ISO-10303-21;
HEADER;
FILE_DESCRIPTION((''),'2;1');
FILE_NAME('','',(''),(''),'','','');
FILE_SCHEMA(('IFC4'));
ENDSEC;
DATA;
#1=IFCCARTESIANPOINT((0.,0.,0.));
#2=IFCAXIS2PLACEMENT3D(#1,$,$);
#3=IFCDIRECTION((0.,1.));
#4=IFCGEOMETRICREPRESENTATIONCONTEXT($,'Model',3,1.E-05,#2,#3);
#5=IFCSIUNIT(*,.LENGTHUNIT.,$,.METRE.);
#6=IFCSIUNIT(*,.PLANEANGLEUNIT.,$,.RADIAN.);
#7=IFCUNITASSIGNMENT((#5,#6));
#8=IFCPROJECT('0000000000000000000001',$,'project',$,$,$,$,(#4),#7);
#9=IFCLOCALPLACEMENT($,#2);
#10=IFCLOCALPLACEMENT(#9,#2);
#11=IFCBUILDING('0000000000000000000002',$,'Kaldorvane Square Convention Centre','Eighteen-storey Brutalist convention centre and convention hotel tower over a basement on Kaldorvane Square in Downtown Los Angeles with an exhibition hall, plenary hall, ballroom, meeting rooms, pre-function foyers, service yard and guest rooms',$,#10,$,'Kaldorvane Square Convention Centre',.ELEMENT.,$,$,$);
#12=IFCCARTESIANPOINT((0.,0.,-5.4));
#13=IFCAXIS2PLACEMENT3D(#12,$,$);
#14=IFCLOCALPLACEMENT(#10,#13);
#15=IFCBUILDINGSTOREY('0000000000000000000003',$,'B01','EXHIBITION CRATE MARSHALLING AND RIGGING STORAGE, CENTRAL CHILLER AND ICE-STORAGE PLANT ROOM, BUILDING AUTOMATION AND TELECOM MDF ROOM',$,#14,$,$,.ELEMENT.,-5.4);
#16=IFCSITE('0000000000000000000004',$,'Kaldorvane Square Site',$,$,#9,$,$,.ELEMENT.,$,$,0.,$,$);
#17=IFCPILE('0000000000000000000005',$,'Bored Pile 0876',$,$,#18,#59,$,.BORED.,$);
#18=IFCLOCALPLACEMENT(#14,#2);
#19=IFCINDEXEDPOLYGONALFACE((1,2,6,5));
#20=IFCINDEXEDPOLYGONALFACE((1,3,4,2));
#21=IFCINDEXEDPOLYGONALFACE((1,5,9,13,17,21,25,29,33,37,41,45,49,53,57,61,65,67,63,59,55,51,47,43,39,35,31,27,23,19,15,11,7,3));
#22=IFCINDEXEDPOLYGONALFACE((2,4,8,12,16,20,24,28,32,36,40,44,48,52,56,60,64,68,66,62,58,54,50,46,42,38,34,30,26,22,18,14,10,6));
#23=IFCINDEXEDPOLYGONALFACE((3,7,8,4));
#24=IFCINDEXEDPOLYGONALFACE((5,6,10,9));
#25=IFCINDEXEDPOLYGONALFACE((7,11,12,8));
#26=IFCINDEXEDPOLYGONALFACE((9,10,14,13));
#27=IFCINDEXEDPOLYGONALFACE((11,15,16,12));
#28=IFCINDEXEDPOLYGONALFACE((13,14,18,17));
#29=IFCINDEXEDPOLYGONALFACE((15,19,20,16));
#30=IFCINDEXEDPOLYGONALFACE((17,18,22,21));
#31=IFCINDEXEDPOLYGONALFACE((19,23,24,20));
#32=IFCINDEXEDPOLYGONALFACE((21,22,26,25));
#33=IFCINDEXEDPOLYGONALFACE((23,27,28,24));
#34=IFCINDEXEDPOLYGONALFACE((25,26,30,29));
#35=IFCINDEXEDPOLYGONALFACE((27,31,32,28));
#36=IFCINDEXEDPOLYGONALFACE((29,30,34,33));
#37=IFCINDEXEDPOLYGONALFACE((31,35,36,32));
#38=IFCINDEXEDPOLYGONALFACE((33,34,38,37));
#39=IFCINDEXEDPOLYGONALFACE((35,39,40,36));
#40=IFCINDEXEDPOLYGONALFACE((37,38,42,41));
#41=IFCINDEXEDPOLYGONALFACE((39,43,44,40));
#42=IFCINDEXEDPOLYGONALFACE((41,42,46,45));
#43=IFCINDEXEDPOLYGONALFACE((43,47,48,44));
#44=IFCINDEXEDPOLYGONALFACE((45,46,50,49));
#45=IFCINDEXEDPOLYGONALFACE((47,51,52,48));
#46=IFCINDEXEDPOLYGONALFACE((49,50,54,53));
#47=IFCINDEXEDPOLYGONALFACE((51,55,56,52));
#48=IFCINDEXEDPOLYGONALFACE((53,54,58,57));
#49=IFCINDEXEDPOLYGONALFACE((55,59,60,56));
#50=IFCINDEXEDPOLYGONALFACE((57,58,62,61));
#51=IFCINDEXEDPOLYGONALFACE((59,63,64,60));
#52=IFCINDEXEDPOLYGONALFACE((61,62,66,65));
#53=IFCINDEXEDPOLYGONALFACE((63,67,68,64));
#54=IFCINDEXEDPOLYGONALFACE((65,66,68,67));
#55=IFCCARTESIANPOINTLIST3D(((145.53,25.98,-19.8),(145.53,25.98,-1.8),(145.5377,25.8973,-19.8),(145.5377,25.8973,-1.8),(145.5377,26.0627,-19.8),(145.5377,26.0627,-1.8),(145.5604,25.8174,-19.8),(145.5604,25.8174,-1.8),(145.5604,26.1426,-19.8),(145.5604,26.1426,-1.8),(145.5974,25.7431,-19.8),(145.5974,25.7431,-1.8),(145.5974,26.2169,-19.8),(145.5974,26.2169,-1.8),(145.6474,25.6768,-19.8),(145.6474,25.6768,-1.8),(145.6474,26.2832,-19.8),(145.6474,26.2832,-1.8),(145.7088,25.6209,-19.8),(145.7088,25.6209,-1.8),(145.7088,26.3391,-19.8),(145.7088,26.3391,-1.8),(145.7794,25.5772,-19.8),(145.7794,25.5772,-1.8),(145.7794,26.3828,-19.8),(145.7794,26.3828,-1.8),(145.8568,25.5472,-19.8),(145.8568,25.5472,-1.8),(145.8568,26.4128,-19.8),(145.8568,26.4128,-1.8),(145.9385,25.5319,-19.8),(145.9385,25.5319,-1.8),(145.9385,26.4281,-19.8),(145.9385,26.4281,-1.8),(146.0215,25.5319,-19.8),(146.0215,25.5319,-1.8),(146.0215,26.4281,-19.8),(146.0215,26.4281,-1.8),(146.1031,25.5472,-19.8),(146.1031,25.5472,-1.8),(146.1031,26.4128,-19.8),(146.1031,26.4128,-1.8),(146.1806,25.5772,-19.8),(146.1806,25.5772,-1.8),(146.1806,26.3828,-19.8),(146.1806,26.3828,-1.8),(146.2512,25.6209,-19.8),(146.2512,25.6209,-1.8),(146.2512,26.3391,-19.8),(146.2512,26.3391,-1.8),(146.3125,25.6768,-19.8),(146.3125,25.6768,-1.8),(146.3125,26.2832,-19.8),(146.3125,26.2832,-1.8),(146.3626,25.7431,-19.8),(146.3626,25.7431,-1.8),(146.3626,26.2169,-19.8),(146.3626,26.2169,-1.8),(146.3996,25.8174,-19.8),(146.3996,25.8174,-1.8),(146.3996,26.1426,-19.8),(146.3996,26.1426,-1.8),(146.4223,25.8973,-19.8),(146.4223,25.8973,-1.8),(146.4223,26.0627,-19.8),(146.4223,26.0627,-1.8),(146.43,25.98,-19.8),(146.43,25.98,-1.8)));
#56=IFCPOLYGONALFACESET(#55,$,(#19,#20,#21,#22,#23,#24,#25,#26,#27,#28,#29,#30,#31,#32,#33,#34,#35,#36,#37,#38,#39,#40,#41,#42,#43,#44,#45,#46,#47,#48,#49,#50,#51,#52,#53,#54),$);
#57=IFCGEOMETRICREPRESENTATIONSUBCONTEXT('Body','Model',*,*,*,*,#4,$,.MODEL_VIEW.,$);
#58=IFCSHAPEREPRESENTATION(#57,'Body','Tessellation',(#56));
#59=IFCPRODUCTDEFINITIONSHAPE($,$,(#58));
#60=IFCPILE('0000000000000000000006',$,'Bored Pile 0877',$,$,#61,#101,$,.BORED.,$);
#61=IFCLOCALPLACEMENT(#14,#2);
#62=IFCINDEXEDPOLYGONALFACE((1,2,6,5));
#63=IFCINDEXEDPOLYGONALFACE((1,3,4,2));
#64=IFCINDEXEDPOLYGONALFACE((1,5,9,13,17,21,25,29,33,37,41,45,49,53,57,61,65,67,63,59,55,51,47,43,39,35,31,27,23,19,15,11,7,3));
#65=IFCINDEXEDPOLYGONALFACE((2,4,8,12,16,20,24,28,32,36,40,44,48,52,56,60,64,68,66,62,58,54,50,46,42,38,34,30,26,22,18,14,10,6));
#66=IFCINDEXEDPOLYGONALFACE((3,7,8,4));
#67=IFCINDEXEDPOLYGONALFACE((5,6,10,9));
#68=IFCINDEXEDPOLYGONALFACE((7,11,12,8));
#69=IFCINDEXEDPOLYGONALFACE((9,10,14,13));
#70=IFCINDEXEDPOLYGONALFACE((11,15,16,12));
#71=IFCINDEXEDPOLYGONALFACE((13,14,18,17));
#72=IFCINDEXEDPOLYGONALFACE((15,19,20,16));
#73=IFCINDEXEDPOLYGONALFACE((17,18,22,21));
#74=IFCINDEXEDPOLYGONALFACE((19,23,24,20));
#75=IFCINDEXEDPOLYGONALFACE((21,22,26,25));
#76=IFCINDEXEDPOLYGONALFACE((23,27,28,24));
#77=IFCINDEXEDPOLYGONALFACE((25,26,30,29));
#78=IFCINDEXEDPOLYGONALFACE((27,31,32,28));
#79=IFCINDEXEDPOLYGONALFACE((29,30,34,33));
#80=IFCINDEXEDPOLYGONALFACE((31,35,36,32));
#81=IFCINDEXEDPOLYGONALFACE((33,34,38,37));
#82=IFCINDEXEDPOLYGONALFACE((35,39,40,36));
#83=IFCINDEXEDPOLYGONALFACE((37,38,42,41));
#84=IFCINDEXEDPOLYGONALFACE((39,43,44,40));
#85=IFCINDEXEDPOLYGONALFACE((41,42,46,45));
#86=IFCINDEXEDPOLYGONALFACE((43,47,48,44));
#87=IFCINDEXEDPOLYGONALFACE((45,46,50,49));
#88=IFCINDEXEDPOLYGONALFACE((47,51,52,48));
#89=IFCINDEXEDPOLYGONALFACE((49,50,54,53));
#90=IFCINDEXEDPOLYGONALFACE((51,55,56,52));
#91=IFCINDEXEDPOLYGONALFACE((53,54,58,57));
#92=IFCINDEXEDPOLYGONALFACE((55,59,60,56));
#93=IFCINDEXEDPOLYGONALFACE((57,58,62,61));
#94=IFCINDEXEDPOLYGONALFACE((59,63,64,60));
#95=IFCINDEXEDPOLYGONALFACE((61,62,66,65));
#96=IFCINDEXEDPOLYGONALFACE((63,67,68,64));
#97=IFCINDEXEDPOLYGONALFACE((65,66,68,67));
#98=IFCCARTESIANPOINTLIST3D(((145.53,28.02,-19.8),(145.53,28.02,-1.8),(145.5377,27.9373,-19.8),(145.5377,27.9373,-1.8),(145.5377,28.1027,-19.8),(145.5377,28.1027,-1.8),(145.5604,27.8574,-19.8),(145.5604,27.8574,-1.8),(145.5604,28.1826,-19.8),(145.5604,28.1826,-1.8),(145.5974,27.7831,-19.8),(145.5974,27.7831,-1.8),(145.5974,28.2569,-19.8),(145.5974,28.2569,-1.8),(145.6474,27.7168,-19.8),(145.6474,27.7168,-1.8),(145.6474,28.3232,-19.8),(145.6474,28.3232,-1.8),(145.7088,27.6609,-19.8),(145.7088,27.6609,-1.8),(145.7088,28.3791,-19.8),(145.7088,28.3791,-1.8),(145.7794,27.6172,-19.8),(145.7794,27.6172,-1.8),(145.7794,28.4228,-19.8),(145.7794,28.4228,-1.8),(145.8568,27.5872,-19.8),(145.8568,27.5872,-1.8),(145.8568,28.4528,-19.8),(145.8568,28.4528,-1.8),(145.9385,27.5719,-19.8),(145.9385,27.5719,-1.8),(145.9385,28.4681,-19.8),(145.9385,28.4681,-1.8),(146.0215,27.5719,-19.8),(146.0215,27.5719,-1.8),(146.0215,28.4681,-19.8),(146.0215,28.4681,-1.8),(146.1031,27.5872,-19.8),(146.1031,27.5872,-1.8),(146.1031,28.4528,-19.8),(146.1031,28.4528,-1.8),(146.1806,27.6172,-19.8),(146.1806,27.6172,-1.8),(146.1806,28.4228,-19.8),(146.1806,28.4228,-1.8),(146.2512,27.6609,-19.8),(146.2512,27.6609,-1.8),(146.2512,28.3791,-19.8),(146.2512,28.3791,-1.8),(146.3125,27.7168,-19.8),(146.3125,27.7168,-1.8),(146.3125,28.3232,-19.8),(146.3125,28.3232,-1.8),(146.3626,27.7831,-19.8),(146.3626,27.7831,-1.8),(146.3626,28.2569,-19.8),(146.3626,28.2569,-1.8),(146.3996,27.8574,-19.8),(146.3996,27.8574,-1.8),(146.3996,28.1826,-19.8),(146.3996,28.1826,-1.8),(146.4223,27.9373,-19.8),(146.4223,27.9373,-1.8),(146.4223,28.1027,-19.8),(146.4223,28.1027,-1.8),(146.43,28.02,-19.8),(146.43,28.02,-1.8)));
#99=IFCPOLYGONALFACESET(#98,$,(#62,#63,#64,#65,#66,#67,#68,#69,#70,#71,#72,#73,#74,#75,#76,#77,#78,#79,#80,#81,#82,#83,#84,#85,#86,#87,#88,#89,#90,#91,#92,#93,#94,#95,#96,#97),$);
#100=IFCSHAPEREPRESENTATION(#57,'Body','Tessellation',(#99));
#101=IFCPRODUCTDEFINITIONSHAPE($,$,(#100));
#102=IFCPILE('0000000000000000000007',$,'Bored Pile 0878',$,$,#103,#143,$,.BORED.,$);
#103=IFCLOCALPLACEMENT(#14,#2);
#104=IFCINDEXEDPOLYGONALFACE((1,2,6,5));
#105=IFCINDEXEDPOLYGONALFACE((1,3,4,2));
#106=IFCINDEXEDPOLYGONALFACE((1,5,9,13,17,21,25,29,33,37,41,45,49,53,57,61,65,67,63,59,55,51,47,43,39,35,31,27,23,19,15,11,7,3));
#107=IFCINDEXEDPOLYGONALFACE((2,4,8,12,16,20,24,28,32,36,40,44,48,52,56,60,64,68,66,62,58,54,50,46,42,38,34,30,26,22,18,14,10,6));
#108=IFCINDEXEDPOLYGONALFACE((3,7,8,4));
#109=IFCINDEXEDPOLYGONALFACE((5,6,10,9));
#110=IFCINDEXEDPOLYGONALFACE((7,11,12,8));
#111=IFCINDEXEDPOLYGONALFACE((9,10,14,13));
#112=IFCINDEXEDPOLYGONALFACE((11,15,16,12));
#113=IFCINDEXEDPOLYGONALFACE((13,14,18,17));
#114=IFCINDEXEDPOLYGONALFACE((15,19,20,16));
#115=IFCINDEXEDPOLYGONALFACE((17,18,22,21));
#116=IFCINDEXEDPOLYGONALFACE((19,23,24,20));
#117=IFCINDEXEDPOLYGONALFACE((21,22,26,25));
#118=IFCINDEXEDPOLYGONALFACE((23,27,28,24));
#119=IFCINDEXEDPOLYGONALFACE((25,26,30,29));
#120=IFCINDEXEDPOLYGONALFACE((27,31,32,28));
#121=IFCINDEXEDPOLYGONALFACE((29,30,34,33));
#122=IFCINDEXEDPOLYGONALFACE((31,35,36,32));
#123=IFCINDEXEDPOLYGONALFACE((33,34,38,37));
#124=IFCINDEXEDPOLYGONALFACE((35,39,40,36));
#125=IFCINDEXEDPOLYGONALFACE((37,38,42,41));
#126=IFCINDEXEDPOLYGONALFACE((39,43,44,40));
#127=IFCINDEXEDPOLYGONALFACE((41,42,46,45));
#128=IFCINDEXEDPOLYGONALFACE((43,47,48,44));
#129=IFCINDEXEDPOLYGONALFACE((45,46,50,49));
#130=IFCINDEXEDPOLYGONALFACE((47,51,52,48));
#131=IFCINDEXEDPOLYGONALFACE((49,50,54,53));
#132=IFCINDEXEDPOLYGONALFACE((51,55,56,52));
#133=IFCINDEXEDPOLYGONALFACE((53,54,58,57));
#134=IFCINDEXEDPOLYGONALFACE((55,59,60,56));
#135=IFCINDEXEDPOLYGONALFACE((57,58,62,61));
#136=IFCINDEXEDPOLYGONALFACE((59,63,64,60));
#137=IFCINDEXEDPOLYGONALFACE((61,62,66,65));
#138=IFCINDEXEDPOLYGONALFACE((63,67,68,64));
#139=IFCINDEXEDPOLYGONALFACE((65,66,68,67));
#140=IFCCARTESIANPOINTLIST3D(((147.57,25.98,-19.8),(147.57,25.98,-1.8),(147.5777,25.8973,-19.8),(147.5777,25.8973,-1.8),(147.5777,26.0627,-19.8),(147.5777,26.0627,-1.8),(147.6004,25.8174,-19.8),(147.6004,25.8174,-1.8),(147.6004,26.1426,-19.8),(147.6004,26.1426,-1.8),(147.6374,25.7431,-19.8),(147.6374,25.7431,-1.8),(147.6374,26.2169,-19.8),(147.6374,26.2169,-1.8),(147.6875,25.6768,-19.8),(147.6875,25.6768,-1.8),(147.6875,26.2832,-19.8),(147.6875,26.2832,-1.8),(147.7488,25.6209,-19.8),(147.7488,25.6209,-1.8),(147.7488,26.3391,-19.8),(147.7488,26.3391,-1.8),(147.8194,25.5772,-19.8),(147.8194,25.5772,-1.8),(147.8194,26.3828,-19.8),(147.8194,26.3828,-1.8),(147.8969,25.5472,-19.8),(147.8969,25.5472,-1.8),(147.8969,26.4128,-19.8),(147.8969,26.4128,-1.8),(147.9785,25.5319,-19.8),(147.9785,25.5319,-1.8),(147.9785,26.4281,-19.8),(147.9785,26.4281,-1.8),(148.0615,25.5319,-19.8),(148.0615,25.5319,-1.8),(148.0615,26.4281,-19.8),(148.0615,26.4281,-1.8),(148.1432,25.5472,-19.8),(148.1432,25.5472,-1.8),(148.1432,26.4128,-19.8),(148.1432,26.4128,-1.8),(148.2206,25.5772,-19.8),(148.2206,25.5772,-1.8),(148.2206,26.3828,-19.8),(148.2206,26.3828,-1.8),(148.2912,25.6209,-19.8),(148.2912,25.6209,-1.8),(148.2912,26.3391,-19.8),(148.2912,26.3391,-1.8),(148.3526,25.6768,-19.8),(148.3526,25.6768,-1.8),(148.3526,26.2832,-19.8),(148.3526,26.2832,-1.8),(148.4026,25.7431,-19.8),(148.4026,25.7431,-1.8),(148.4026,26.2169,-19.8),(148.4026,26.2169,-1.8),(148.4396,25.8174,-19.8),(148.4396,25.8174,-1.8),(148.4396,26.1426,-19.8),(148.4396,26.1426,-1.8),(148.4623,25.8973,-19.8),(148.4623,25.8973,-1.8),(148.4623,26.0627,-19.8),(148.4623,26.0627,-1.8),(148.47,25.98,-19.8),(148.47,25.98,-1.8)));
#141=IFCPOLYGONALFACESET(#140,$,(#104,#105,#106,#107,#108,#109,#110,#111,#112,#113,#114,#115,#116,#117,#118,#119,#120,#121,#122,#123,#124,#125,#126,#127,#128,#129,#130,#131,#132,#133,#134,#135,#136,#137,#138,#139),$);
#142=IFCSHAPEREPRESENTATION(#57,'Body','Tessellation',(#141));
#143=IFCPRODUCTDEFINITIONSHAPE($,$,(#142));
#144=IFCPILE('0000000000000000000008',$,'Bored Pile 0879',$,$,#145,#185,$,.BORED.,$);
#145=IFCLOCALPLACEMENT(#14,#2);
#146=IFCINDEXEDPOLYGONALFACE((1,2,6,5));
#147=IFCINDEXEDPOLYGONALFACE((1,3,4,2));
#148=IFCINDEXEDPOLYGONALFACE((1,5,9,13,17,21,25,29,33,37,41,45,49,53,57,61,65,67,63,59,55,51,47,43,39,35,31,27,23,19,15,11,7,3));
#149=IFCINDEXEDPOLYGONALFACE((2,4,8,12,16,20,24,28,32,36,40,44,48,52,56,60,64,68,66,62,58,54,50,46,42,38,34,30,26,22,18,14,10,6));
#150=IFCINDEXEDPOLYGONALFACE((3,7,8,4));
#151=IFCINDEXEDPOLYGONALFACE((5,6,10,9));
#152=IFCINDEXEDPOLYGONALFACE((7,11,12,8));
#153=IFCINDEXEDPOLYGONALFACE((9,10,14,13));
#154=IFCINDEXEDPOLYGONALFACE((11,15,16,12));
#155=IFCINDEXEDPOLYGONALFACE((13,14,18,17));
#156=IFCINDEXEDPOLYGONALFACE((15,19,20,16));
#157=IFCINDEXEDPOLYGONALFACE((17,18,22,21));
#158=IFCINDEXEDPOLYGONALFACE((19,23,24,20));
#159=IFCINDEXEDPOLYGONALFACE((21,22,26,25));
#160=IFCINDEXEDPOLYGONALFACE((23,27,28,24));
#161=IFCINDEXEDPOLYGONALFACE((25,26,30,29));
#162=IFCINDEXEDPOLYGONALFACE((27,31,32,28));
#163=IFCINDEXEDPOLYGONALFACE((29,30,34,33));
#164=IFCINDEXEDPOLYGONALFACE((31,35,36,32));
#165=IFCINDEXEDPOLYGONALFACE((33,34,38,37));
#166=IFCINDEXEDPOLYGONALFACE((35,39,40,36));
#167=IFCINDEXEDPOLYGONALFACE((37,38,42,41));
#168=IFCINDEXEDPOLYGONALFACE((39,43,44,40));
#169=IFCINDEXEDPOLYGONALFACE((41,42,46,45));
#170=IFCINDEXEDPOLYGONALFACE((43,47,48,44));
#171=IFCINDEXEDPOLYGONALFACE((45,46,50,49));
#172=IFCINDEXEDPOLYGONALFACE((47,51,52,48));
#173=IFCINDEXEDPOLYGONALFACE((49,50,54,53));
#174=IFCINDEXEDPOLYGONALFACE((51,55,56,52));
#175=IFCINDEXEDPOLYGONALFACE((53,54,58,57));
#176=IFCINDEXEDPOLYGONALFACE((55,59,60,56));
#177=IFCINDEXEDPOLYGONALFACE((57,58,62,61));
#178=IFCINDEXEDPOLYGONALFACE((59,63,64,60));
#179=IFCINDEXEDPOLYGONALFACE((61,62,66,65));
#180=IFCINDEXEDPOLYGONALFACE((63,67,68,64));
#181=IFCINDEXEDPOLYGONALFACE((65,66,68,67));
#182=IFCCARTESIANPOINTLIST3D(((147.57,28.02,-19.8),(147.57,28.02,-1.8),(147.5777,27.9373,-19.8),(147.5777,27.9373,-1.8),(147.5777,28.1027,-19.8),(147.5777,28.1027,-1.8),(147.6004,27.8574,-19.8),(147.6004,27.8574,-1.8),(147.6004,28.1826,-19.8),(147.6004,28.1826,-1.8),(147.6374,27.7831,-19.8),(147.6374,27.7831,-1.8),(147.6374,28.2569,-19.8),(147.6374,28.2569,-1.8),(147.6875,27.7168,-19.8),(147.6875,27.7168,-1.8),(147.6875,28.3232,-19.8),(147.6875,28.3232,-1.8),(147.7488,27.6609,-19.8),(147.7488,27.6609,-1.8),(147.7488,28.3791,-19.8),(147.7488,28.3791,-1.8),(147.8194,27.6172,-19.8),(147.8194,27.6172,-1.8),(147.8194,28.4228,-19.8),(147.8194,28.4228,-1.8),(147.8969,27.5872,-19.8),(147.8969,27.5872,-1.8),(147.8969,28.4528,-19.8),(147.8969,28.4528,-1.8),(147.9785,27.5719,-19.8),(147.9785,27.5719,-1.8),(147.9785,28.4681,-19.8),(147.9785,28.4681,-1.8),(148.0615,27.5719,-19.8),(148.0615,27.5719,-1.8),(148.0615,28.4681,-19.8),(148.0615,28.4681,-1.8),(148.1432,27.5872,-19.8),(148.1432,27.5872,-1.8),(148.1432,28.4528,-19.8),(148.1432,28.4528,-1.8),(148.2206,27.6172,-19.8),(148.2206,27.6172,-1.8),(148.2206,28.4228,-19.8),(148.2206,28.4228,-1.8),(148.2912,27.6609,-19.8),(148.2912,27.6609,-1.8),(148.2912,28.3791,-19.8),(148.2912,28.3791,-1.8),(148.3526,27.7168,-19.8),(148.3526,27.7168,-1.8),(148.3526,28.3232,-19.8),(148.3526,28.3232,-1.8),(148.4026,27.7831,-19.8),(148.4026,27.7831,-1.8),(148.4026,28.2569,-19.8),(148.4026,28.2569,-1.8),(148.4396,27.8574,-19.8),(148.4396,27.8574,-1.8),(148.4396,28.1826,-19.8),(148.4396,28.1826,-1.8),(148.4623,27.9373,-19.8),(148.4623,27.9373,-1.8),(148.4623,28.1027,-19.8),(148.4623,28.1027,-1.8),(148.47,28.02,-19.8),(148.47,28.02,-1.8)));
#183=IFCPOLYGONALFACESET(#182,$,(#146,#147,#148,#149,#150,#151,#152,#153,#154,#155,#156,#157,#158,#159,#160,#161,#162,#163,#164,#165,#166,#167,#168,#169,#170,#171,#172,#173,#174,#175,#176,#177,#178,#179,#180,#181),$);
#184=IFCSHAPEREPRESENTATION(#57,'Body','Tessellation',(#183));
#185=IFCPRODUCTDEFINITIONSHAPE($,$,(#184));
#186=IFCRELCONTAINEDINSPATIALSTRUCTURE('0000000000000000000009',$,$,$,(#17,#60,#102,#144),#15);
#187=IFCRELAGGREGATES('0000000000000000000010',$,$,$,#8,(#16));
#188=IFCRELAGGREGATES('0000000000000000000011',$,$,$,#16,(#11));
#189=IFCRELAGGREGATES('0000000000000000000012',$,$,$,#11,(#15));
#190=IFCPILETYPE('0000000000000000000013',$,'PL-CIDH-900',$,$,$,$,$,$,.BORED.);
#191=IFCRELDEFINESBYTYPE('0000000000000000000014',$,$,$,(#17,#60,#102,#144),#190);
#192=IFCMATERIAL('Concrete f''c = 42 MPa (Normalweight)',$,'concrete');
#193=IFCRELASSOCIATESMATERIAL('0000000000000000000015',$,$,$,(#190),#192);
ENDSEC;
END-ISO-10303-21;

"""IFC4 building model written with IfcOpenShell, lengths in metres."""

from ifc_helpers import new_model, si_unit, direction, frame, origin, origin_2d, place, context, subcontext, project, spatial, circle, extrude, material, material_profile, profile_set, type_object, element, save


model = new_model("IFC4")

# Units and contexts
model_context = context("Model", 3, precision=1e-05, world=origin(), true_north=direction((0.0, 1.0)))
body_context = subcontext(model_context, "Body", "Model", "MODEL_VIEW")
ifc_project = project(units=[si_unit("LENGTHUNIT", "METRE"), si_unit("PLANEANGLEUNIT", "RADIAN")], contexts=[model_context])

# Site, building, storey
site_placement = place(None, origin())
site = spatial("IfcSite", under=ifc_project, at=site_placement, Name="Kaldorvane Square Site", CompositionType="ELEMENT", RefElevation=0.0)
building_placement = place(site_placement, origin())
building = spatial("IfcBuilding", under=site, at=building_placement, Name="Kaldorvane Square Convention Centre", Description="Eighteen-storey Brutalist convention centre and convention hotel tower over a basement on Kaldorvane Square in Downtown Los Angeles with an exhibition hall, plenary hall, ballroom, meeting rooms, pre-function foyers, service yard and guest rooms", LongName="Kaldorvane Square Convention Centre", CompositionType="ELEMENT")
storey_placement = place(building_placement, frame((0.0, 0.0, -5.4)))
storey = spatial("IfcBuildingStorey", under=building, at=storey_placement, Name="B01", Description="EXHIBITION CRATE MARSHALLING AND RIGGING STORAGE, CENTRAL CHILLER AND ICE-STORAGE PLANT ROOM, BUILDING AUTOMATION AND TELECOM MDF ROOM", CompositionType="ELEMENT", Elevation=-5.4)

# Shared definitions
ifc_material_1 = material(Name="Concrete f'c = 42 MPa (Normalweight)", Category="concrete")

# Piles
ifc_material_profile_1 = material_profile(ifc_material_1, circle(Radius=0.45, at=origin_2d()), Name="PILE-D900")
ifc_profile_set_1 = profile_set([ifc_material_profile_1], Name="Concrete f'c = 42 MPa (Normalweight)")
pile_type_1 = type_object("IfcPileType", Name="PL-CIDH-900", PredefinedType="BORED", material=ifc_profile_set_1)
for number, where, z_axis, x_axis, name in (
    (1, (145.98, 25.98, -1.8), (0.0, 0.0, -1.0), (1.0, 0.0, 0.0), "Bored Pile 0876"),
    (2, (145.98, 28.02, -1.8), (0.0, 0.0, -1.0), (1.0, 0.0, 0.0), "Bored Pile 0877"),
    (3, (148.02, 25.98, -1.8), (0.0, 0.0, -1.0), (1.0, 0.0, 0.0), "Bored Pile 0878"),
    (4, (148.02, 28.02, -1.8), (0.0, 0.0, -1.0), (1.0, 0.0, 0.0), "Bored Pile 0879"),
):
    element("IfcPile", number, at=place(storey_placement, frame(where, z_axis=z_axis, x_axis=x_axis)), inside=storey, type_object=pile_type_1, Name=name, PredefinedType="BORED", context=body_context, shape_type="SweptSolid", body=[
        extrude(circle(Radius=0.45, at=origin_2d()), origin(), (0.0, 0.0, 1.0), 18.0),
    ])

save(model, "model.ifc")
